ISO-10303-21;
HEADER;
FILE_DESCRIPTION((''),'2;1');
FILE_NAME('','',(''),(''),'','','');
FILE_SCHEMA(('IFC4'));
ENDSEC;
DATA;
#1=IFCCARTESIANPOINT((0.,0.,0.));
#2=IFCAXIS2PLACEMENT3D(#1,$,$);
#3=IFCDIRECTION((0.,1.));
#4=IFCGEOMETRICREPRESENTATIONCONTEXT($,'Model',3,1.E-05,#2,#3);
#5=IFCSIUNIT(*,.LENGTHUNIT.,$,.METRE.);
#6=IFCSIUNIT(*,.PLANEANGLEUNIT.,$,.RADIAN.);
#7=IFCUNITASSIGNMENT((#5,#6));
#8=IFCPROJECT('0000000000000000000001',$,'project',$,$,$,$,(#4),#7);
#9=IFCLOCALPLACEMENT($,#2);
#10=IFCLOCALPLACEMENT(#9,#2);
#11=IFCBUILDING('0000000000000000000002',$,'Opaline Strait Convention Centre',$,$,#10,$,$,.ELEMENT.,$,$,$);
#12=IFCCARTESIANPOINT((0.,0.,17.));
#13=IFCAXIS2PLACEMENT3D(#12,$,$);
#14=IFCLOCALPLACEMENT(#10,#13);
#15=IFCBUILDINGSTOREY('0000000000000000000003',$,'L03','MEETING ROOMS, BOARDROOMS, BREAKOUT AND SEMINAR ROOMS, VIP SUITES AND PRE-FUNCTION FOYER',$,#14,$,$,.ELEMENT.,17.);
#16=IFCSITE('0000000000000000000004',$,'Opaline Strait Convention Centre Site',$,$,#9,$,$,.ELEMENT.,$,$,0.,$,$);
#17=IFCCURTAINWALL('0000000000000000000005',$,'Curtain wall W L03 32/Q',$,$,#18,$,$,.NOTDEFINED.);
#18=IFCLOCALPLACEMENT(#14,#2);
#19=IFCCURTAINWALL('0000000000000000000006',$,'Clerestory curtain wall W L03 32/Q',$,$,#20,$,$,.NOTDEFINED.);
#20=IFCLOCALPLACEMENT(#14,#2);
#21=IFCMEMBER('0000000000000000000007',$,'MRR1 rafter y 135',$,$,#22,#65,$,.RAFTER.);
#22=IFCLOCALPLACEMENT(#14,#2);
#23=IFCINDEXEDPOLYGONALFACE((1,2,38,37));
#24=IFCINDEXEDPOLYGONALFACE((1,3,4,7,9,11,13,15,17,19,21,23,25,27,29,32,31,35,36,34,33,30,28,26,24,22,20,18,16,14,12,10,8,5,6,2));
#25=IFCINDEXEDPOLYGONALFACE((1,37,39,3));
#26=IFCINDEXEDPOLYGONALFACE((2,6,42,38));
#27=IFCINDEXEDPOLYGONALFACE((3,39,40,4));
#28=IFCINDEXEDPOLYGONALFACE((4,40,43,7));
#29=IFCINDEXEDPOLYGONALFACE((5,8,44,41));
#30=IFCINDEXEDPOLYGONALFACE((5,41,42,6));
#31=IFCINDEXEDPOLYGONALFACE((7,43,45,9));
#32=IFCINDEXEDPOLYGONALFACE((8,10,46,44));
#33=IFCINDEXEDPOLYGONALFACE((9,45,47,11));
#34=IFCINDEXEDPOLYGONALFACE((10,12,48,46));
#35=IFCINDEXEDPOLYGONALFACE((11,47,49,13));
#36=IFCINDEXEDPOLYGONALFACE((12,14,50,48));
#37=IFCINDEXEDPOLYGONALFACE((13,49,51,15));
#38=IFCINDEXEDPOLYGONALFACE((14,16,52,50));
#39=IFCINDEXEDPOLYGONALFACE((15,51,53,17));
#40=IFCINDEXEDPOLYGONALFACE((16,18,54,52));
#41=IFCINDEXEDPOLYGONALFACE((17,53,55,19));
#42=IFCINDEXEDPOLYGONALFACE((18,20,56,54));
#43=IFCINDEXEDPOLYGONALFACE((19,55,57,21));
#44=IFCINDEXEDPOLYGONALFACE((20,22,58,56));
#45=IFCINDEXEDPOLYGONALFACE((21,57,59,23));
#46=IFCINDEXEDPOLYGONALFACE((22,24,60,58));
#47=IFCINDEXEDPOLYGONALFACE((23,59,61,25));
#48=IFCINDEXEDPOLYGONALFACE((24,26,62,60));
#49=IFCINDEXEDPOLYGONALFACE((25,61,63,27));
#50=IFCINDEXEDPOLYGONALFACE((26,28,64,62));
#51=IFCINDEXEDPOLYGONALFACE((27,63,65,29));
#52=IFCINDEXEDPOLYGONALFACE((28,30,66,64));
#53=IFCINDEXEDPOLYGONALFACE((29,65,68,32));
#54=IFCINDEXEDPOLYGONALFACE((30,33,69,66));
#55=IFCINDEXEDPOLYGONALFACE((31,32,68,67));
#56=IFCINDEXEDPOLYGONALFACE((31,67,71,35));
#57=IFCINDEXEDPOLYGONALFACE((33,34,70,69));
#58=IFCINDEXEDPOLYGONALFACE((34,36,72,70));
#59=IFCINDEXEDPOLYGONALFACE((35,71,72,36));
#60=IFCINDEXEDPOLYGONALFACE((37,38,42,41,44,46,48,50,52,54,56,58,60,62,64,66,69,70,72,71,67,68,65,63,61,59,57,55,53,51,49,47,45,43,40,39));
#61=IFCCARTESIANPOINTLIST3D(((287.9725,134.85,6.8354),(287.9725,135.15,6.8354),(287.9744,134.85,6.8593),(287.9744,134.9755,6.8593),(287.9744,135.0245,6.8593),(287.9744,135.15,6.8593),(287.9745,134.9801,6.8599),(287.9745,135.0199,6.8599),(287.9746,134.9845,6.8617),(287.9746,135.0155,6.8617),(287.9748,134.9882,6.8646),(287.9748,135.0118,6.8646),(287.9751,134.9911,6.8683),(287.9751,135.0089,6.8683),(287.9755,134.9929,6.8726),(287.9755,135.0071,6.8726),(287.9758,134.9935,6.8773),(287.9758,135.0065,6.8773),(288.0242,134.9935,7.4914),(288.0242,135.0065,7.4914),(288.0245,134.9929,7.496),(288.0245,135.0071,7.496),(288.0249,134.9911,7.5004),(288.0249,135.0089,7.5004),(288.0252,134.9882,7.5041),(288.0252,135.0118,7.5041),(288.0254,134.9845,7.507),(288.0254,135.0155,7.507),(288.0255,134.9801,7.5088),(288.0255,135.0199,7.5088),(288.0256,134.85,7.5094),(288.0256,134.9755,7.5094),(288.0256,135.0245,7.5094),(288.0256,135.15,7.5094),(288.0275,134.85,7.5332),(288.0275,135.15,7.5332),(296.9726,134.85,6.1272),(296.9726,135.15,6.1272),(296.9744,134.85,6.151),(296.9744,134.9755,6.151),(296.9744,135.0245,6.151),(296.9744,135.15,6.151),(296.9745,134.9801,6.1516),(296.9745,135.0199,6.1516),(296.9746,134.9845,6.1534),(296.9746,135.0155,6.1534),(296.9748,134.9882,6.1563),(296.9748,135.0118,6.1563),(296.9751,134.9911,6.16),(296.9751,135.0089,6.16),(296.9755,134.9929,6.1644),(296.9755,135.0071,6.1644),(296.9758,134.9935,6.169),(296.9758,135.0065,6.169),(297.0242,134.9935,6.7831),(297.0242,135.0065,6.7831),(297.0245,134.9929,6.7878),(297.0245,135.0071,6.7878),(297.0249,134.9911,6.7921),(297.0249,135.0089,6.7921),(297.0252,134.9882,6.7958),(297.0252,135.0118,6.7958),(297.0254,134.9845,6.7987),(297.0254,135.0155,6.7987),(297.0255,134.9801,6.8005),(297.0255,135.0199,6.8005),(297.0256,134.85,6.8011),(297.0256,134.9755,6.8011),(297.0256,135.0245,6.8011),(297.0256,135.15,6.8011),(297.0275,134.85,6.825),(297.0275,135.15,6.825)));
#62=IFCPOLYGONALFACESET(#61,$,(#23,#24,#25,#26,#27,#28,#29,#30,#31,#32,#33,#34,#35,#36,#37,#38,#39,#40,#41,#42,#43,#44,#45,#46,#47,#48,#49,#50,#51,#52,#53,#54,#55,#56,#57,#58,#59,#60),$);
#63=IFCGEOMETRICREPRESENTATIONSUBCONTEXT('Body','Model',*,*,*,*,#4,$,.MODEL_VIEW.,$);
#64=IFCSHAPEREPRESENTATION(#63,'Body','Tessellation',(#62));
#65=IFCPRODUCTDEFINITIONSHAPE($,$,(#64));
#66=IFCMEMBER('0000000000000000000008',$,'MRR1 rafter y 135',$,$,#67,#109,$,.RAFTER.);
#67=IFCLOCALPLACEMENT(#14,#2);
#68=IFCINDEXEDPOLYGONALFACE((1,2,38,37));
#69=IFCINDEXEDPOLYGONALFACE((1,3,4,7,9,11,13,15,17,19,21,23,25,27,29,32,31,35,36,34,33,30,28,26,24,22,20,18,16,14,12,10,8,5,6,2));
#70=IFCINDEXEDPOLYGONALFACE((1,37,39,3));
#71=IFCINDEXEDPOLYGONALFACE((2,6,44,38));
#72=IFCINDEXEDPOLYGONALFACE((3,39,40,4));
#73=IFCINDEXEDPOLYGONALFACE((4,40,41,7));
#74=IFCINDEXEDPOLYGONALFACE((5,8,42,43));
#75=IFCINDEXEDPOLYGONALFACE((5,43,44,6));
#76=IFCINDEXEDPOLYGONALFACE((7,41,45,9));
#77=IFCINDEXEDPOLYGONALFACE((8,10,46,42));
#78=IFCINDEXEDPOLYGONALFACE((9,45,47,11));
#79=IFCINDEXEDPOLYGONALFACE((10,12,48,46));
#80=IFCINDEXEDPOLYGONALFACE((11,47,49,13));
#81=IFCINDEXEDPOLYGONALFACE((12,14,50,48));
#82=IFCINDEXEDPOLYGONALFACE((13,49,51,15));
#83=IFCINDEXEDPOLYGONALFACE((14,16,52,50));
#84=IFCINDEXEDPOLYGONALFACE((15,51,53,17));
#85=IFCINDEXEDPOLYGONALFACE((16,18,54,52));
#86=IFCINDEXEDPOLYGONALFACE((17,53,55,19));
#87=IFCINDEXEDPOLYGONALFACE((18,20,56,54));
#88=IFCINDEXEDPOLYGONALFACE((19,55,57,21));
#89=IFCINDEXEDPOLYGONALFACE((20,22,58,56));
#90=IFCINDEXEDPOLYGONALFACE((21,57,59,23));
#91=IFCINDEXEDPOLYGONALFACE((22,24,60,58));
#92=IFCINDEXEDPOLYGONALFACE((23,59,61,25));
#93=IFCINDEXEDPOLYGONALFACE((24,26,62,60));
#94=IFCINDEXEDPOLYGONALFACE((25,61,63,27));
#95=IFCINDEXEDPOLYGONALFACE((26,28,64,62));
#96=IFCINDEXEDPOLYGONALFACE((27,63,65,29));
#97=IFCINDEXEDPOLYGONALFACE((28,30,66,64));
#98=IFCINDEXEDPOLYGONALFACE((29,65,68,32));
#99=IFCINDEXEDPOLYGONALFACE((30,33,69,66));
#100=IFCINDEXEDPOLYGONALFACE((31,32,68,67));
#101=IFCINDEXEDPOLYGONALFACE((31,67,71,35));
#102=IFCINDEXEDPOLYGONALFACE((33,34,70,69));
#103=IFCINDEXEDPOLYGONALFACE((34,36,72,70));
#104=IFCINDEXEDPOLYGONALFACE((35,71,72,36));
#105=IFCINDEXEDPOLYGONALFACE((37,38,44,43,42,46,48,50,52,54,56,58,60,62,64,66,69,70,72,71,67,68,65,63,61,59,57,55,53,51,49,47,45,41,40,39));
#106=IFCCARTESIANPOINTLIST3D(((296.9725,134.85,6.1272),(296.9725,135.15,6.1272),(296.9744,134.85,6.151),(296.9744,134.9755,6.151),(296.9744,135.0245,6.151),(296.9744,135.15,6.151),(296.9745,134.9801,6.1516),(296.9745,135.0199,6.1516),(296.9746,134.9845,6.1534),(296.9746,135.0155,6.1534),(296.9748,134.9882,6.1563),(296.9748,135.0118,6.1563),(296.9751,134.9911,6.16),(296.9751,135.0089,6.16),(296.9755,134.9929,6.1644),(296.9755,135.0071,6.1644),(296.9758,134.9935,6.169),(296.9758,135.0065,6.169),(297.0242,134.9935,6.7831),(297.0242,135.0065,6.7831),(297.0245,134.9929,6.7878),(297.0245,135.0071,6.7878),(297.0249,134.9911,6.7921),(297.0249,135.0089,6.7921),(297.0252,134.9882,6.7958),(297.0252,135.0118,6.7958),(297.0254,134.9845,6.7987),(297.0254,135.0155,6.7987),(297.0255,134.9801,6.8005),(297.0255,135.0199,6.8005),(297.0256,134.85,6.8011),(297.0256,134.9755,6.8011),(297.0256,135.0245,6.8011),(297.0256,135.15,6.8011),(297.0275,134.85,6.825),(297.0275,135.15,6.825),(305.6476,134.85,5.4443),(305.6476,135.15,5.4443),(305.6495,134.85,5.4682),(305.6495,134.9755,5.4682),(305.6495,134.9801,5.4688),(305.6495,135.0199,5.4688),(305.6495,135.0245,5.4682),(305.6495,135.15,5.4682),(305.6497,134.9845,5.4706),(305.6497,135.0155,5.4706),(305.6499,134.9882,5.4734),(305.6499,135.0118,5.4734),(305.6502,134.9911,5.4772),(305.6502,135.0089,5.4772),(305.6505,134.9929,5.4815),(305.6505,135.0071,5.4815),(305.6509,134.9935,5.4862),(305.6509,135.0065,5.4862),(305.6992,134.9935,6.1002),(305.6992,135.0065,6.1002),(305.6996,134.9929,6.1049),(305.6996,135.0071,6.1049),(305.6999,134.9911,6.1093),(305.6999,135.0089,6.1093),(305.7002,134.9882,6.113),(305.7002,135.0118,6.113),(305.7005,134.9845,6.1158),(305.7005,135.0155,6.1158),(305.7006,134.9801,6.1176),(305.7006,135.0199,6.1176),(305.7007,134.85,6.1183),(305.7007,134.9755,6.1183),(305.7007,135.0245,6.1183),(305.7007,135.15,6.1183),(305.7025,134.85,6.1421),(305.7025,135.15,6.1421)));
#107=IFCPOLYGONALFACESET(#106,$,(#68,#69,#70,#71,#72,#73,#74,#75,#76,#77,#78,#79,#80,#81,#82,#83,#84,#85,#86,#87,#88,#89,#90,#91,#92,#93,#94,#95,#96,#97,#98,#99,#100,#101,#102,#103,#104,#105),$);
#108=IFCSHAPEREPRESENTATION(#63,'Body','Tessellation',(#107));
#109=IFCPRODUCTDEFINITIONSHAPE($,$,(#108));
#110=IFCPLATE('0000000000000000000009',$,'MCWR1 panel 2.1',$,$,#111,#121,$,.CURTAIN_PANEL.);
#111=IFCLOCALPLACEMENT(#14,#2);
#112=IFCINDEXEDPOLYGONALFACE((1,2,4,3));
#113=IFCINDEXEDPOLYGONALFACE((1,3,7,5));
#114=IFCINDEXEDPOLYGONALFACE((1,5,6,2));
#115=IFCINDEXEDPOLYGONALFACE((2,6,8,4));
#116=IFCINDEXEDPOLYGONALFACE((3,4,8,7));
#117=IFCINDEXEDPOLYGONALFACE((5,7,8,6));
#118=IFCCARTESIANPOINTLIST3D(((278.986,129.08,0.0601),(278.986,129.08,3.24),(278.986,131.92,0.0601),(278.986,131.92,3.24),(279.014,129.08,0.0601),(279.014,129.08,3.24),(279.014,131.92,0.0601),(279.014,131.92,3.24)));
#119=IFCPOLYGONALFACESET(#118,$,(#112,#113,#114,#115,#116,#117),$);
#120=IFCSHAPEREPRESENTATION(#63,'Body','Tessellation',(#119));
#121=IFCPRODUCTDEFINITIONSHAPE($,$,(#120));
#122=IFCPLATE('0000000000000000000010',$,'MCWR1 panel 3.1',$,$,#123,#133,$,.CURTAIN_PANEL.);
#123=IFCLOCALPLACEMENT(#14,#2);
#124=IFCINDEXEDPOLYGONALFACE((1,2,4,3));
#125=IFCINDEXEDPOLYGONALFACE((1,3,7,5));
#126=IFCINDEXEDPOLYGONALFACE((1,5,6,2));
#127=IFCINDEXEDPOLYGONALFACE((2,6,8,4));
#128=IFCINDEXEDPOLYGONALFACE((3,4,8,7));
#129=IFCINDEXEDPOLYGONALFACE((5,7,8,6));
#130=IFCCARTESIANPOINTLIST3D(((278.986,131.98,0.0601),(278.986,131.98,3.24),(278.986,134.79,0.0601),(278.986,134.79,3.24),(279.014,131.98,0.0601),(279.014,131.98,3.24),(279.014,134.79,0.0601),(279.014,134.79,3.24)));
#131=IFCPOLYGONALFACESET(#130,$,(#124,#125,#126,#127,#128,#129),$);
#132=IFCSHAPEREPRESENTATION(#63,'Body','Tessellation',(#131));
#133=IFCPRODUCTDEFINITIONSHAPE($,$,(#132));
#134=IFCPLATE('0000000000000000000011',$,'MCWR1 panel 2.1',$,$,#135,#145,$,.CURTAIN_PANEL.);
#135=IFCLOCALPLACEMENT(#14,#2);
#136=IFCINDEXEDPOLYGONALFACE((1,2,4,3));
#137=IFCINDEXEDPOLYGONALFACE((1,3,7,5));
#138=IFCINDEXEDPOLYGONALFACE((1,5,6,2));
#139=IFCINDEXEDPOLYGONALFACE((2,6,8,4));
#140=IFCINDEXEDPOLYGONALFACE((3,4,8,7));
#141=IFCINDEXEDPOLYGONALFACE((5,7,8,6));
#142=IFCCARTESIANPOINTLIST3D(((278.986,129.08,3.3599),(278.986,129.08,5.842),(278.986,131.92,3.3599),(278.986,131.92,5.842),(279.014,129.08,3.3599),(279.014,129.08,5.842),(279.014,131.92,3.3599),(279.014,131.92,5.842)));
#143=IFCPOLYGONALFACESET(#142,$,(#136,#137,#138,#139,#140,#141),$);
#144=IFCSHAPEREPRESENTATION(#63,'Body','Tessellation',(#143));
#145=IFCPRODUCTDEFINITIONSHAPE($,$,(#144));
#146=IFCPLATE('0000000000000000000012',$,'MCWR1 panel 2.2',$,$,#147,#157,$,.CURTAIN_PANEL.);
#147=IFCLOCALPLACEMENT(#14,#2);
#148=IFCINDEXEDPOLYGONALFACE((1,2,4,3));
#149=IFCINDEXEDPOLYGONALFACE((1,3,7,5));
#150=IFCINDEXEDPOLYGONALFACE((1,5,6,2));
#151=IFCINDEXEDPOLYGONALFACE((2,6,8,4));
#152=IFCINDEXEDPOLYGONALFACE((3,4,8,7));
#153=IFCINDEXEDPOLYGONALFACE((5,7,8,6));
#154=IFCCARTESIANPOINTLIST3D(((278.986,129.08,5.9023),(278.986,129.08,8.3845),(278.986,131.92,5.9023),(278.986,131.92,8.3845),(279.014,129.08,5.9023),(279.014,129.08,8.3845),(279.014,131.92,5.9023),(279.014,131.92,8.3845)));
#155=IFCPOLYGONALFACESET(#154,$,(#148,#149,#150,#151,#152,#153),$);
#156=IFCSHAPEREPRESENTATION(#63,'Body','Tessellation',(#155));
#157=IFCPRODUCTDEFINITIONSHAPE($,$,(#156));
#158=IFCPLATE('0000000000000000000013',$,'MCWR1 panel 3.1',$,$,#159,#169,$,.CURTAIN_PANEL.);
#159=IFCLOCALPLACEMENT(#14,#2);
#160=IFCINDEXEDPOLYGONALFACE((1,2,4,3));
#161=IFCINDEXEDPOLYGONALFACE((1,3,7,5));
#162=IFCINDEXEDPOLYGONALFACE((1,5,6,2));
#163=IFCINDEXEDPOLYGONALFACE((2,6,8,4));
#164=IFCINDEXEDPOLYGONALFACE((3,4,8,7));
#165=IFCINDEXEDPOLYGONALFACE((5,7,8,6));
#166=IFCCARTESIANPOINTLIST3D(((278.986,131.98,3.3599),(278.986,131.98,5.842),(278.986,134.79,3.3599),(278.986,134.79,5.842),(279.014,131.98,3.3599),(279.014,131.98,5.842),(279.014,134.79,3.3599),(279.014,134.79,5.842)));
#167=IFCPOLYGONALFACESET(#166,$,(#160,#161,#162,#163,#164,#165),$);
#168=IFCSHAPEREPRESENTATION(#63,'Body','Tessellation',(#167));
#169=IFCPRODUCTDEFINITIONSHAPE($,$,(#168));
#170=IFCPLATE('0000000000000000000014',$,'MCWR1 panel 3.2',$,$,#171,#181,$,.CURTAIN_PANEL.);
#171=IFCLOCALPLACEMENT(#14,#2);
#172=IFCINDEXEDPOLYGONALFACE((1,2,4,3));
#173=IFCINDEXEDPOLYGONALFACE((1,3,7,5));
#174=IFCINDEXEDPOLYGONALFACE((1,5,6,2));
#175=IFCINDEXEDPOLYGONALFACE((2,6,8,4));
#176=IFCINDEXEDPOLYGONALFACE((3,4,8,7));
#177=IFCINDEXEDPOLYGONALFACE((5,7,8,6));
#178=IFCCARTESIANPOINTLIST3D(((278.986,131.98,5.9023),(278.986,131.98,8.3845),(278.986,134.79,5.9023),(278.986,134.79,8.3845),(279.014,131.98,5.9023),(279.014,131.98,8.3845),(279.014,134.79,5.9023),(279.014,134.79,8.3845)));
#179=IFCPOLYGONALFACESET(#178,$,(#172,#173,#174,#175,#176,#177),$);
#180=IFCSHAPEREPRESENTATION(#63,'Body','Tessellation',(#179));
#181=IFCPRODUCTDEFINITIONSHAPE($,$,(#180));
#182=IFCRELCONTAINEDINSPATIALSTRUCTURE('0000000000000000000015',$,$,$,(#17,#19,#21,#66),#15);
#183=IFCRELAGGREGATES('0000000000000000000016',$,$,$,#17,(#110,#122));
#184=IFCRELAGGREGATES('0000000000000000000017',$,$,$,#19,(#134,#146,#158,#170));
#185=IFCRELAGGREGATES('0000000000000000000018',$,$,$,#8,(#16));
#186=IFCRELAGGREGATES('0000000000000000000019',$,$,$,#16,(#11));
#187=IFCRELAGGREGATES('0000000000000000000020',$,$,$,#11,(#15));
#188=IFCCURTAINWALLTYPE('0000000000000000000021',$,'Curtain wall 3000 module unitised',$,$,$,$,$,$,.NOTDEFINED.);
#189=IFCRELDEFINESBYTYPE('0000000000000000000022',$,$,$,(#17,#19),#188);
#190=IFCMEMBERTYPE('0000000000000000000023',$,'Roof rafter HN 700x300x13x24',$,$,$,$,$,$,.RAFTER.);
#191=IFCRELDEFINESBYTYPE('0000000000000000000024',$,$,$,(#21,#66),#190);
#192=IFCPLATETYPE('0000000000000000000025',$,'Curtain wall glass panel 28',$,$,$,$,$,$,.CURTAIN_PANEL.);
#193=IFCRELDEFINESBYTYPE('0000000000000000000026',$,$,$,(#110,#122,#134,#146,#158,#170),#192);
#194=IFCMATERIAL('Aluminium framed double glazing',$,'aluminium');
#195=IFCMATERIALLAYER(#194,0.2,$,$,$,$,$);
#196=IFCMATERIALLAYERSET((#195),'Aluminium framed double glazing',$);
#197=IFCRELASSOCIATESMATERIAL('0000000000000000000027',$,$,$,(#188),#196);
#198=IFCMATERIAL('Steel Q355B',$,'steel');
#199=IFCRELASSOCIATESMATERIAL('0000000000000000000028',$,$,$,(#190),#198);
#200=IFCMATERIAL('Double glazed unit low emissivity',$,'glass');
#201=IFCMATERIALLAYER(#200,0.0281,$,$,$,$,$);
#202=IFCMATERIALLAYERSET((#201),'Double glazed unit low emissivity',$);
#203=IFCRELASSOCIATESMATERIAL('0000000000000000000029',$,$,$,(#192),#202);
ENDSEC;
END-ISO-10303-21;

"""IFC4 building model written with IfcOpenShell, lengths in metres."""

from ifc_helpers import new_model, si_unit, direction, frame, origin, origin_2d, place, context, subcontext, project, spatial, rectangle, i_section, extrude, material, layer, layer_set, material_profile, profile_set, type_object, element, aggregate, save


model = new_model("IFC4")

# Units and contexts
model_context = context("Model", 3, precision=1e-05, world=origin(), true_north=direction((0.0, 1.0)))
body_context = subcontext(model_context, "Body", "Model", "MODEL_VIEW")
ifc_project = project(units=[si_unit("LENGTHUNIT", "METRE"), si_unit("PLANEANGLEUNIT", "RADIAN")], contexts=[model_context])

# Site, building, storey
site_placement = place(None, origin())
site = spatial("IfcSite", under=ifc_project, at=site_placement, Name="Opaline Strait Convention Centre Site", CompositionType="ELEMENT", RefElevation=0.0)
building_placement = place(site_placement, origin())
building = spatial("IfcBuilding", under=site, at=building_placement, Name="Opaline Strait Convention Centre", CompositionType="ELEMENT")
storey_placement = place(building_placement, frame((0.0, 0.0, 17.0)))
storey = spatial("IfcBuildingStorey", under=building, at=storey_placement, Name="L03", Description="MEETING ROOMS, BOARDROOMS, BREAKOUT AND SEMINAR ROOMS, VIP SUITES AND PRE-FUNCTION FOYER", CompositionType="ELEMENT", Elevation=17.0)

# Shared definitions
ifc_material_1 = material(Name="Steel Q355B", Category="steel")

# Curtain wall
ifc_material_2 = material(Name="Aluminium framed double glazing", Category="aluminium")
ifc_layer_1 = layer(ifc_material_2, 0.2)
ifc_layer_set_1 = layer_set([ifc_layer_1], Name="Aluminium framed double glazing")
curtain_wall_type = type_object("IfcCurtainWallType", Name="Curtain wall 3000 module unitised", PredefinedType="NOTDEFINED", material=ifc_layer_set_1)
curtain_wall_1_placement = place(storey_placement, origin())
curtain_wall_1 = element("IfcCurtainWall", 1, at=curtain_wall_1_placement, inside=storey, type_object=curtain_wall_type, Name="Curtain wall W L03 32/Q", PredefinedType="NOTDEFINED")

# Curtain wall
curtain_wall_2_placement = place(storey_placement, origin())
curtain_wall_2 = element("IfcCurtainWall", 2, at=curtain_wall_2_placement, inside=storey, type_object=curtain_wall_type, Name="Clerestory curtain wall W L03 32/Q", PredefinedType="NOTDEFINED")

# Members
ifc_material_profile_1 = material_profile(ifc_material_1, i_section(OverallWidth=0.3, OverallDepth=0.7, WebThickness=0.0129, FlangeThickness=0.0239, FilletRadius=0.0181, at=origin_2d()), Name="HN 700x300x13x24")
ifc_profile_set_1 = profile_set([ifc_material_profile_1], Name="Steel Q355B")
member_type_1 = type_object("IfcMemberType", Name="Roof rafter HN 700x300x13x24", PredefinedType="RAFTER", material=ifc_profile_set_1)
member_1_placement = place(storey_placement, frame((288.0, 135.0, 7.1843), z_axis=(0.996918, 0.0, -0.078452), x_axis=(0.0, 1.0, 0.0)))
element("IfcMember", 3, at=member_1_placement, inside=storey, type_object=member_type_1, Name="MRR1 rafter y 135", PredefinedType="RAFTER", context=body_context, shape_type="SweptSolid", body=[
    extrude(i_section(OverallWidth=0.3, OverallDepth=0.7, WebThickness=0.0129, FlangeThickness=0.0239, FilletRadius=0.0181, at=origin_2d()), origin(), (0.0, 0.0, 1.0), 9.0278),
])
member_2_placement = place(storey_placement, frame((297.0, 135.0, 6.4761), z_axis=(0.996916, 0.0, -0.078473), x_axis=(0.0, 1.0, 0.0)))
element("IfcMember", 4, at=member_2_placement, inside=storey, type_object=member_type_1, Name="MRR1 rafter y 135", PredefinedType="RAFTER", context=body_context, shape_type="SweptSolid", body=[
    extrude(i_section(OverallWidth=0.3, OverallDepth=0.7, WebThickness=0.0129, FlangeThickness=0.0239, FilletRadius=0.0181, at=origin_2d()), origin(), (0.0, 0.0, 1.0), 8.7019),
])

# Plates
ifc_material_3 = material(Name="Double glazed unit low emissivity", Category="glass")
ifc_layer_2 = layer(ifc_material_3, 0.0281)
ifc_layer_set_2 = layer_set([ifc_layer_2], Name="Double glazed unit low emissivity")
plate_type = type_object("IfcPlateType", Name="Curtain wall glass panel 28", PredefinedType="CURTAIN_PANEL", material=ifc_layer_set_2)
plate_1_placement = place(storey_placement, frame((279.0, 130.5, 0.0601), z_axis=(0.0, 0.0, 1.0), x_axis=(0.0, 1.0, 0.0)))
plate_1 = element("IfcPlate", 5, at=plate_1_placement, type_object=plate_type, Name="MCWR1 panel 2.1", PredefinedType="CURTAIN_PANEL", context=body_context, shape_type="SweptSolid", body=[
    extrude(rectangle(XDim=2.8401, YDim=0.0281, at=origin_2d()), origin(), (0.0, 0.0, 1.0), 3.1799),
])
plate_2_placement = place(storey_placement, frame((279.0, 133.385, 0.0601), z_axis=(0.0, 0.0, 1.0), x_axis=(0.0, 1.0, 0.0)))
plate_2 = element("IfcPlate", 6, at=plate_2_placement, type_object=plate_type, Name="MCWR1 panel 3.1", PredefinedType="CURTAIN_PANEL", context=body_context, shape_type="SweptSolid", body=[
    extrude(rectangle(XDim=2.8101, YDim=0.0281, at=origin_2d()), origin(), (0.0, 0.0, 1.0), 3.1799),
])
aggregate(curtain_wall_1, [plate_1, plate_2])
plate_3_placement = place(storey_placement, frame((279.0, 130.5, 3.3599), z_axis=(0.0, 0.0, 1.0), x_axis=(0.0, 1.0, 0.0)))
plate_3 = element("IfcPlate", 7, at=plate_3_placement, type_object=plate_type, Name="MCWR1 panel 2.1", PredefinedType="CURTAIN_PANEL", context=body_context, shape_type="SweptSolid", body=[
    extrude(rectangle(XDim=2.8401, YDim=0.0281, at=origin_2d()), origin(), (0.0, 0.0, 1.0), 2.4822),
])
plate_4_placement = place(storey_placement, frame((279.0, 130.5, 5.9023), z_axis=(0.0, 0.0, 1.0), x_axis=(0.0, 1.0, 0.0)))
plate_4 = element("IfcPlate", 8, at=plate_4_placement, type_object=plate_type, Name="MCWR1 panel 2.2", PredefinedType="CURTAIN_PANEL", context=body_context, shape_type="SweptSolid", body=[
    extrude(rectangle(XDim=2.8401, YDim=0.0281, at=origin_2d()), origin(), (0.0, 0.0, 1.0), 2.4822),
])
plate_5_placement = place(storey_placement, frame((279.0, 133.385, 3.3599), z_axis=(0.0, 0.0, 1.0), x_axis=(0.0, 1.0, 0.0)))
plate_5 = element("IfcPlate", 9, at=plate_5_placement, type_object=plate_type, Name="MCWR1 panel 3.1", PredefinedType="CURTAIN_PANEL", context=body_context, shape_type="SweptSolid", body=[
    extrude(rectangle(XDim=2.8101, YDim=0.0281, at=origin_2d()), origin(), (0.0, 0.0, 1.0), 2.4822),
])
plate_6_placement = place(storey_placement, frame((279.0, 133.385, 5.9023), z_axis=(0.0, 0.0, 1.0), x_axis=(0.0, 1.0, 0.0)))
plate_6 = element("IfcPlate", 10, at=plate_6_placement, type_object=plate_type, Name="MCWR1 panel 3.2", PredefinedType="CURTAIN_PANEL", context=body_context, shape_type="SweptSolid", body=[
    extrude(rectangle(XDim=2.8101, YDim=0.0281, at=origin_2d()), origin(), (0.0, 0.0, 1.0), 2.4822),
])
aggregate(curtain_wall_2, [plate_3, plate_4, plate_5, plate_6])

save(model, "model.ifc")
